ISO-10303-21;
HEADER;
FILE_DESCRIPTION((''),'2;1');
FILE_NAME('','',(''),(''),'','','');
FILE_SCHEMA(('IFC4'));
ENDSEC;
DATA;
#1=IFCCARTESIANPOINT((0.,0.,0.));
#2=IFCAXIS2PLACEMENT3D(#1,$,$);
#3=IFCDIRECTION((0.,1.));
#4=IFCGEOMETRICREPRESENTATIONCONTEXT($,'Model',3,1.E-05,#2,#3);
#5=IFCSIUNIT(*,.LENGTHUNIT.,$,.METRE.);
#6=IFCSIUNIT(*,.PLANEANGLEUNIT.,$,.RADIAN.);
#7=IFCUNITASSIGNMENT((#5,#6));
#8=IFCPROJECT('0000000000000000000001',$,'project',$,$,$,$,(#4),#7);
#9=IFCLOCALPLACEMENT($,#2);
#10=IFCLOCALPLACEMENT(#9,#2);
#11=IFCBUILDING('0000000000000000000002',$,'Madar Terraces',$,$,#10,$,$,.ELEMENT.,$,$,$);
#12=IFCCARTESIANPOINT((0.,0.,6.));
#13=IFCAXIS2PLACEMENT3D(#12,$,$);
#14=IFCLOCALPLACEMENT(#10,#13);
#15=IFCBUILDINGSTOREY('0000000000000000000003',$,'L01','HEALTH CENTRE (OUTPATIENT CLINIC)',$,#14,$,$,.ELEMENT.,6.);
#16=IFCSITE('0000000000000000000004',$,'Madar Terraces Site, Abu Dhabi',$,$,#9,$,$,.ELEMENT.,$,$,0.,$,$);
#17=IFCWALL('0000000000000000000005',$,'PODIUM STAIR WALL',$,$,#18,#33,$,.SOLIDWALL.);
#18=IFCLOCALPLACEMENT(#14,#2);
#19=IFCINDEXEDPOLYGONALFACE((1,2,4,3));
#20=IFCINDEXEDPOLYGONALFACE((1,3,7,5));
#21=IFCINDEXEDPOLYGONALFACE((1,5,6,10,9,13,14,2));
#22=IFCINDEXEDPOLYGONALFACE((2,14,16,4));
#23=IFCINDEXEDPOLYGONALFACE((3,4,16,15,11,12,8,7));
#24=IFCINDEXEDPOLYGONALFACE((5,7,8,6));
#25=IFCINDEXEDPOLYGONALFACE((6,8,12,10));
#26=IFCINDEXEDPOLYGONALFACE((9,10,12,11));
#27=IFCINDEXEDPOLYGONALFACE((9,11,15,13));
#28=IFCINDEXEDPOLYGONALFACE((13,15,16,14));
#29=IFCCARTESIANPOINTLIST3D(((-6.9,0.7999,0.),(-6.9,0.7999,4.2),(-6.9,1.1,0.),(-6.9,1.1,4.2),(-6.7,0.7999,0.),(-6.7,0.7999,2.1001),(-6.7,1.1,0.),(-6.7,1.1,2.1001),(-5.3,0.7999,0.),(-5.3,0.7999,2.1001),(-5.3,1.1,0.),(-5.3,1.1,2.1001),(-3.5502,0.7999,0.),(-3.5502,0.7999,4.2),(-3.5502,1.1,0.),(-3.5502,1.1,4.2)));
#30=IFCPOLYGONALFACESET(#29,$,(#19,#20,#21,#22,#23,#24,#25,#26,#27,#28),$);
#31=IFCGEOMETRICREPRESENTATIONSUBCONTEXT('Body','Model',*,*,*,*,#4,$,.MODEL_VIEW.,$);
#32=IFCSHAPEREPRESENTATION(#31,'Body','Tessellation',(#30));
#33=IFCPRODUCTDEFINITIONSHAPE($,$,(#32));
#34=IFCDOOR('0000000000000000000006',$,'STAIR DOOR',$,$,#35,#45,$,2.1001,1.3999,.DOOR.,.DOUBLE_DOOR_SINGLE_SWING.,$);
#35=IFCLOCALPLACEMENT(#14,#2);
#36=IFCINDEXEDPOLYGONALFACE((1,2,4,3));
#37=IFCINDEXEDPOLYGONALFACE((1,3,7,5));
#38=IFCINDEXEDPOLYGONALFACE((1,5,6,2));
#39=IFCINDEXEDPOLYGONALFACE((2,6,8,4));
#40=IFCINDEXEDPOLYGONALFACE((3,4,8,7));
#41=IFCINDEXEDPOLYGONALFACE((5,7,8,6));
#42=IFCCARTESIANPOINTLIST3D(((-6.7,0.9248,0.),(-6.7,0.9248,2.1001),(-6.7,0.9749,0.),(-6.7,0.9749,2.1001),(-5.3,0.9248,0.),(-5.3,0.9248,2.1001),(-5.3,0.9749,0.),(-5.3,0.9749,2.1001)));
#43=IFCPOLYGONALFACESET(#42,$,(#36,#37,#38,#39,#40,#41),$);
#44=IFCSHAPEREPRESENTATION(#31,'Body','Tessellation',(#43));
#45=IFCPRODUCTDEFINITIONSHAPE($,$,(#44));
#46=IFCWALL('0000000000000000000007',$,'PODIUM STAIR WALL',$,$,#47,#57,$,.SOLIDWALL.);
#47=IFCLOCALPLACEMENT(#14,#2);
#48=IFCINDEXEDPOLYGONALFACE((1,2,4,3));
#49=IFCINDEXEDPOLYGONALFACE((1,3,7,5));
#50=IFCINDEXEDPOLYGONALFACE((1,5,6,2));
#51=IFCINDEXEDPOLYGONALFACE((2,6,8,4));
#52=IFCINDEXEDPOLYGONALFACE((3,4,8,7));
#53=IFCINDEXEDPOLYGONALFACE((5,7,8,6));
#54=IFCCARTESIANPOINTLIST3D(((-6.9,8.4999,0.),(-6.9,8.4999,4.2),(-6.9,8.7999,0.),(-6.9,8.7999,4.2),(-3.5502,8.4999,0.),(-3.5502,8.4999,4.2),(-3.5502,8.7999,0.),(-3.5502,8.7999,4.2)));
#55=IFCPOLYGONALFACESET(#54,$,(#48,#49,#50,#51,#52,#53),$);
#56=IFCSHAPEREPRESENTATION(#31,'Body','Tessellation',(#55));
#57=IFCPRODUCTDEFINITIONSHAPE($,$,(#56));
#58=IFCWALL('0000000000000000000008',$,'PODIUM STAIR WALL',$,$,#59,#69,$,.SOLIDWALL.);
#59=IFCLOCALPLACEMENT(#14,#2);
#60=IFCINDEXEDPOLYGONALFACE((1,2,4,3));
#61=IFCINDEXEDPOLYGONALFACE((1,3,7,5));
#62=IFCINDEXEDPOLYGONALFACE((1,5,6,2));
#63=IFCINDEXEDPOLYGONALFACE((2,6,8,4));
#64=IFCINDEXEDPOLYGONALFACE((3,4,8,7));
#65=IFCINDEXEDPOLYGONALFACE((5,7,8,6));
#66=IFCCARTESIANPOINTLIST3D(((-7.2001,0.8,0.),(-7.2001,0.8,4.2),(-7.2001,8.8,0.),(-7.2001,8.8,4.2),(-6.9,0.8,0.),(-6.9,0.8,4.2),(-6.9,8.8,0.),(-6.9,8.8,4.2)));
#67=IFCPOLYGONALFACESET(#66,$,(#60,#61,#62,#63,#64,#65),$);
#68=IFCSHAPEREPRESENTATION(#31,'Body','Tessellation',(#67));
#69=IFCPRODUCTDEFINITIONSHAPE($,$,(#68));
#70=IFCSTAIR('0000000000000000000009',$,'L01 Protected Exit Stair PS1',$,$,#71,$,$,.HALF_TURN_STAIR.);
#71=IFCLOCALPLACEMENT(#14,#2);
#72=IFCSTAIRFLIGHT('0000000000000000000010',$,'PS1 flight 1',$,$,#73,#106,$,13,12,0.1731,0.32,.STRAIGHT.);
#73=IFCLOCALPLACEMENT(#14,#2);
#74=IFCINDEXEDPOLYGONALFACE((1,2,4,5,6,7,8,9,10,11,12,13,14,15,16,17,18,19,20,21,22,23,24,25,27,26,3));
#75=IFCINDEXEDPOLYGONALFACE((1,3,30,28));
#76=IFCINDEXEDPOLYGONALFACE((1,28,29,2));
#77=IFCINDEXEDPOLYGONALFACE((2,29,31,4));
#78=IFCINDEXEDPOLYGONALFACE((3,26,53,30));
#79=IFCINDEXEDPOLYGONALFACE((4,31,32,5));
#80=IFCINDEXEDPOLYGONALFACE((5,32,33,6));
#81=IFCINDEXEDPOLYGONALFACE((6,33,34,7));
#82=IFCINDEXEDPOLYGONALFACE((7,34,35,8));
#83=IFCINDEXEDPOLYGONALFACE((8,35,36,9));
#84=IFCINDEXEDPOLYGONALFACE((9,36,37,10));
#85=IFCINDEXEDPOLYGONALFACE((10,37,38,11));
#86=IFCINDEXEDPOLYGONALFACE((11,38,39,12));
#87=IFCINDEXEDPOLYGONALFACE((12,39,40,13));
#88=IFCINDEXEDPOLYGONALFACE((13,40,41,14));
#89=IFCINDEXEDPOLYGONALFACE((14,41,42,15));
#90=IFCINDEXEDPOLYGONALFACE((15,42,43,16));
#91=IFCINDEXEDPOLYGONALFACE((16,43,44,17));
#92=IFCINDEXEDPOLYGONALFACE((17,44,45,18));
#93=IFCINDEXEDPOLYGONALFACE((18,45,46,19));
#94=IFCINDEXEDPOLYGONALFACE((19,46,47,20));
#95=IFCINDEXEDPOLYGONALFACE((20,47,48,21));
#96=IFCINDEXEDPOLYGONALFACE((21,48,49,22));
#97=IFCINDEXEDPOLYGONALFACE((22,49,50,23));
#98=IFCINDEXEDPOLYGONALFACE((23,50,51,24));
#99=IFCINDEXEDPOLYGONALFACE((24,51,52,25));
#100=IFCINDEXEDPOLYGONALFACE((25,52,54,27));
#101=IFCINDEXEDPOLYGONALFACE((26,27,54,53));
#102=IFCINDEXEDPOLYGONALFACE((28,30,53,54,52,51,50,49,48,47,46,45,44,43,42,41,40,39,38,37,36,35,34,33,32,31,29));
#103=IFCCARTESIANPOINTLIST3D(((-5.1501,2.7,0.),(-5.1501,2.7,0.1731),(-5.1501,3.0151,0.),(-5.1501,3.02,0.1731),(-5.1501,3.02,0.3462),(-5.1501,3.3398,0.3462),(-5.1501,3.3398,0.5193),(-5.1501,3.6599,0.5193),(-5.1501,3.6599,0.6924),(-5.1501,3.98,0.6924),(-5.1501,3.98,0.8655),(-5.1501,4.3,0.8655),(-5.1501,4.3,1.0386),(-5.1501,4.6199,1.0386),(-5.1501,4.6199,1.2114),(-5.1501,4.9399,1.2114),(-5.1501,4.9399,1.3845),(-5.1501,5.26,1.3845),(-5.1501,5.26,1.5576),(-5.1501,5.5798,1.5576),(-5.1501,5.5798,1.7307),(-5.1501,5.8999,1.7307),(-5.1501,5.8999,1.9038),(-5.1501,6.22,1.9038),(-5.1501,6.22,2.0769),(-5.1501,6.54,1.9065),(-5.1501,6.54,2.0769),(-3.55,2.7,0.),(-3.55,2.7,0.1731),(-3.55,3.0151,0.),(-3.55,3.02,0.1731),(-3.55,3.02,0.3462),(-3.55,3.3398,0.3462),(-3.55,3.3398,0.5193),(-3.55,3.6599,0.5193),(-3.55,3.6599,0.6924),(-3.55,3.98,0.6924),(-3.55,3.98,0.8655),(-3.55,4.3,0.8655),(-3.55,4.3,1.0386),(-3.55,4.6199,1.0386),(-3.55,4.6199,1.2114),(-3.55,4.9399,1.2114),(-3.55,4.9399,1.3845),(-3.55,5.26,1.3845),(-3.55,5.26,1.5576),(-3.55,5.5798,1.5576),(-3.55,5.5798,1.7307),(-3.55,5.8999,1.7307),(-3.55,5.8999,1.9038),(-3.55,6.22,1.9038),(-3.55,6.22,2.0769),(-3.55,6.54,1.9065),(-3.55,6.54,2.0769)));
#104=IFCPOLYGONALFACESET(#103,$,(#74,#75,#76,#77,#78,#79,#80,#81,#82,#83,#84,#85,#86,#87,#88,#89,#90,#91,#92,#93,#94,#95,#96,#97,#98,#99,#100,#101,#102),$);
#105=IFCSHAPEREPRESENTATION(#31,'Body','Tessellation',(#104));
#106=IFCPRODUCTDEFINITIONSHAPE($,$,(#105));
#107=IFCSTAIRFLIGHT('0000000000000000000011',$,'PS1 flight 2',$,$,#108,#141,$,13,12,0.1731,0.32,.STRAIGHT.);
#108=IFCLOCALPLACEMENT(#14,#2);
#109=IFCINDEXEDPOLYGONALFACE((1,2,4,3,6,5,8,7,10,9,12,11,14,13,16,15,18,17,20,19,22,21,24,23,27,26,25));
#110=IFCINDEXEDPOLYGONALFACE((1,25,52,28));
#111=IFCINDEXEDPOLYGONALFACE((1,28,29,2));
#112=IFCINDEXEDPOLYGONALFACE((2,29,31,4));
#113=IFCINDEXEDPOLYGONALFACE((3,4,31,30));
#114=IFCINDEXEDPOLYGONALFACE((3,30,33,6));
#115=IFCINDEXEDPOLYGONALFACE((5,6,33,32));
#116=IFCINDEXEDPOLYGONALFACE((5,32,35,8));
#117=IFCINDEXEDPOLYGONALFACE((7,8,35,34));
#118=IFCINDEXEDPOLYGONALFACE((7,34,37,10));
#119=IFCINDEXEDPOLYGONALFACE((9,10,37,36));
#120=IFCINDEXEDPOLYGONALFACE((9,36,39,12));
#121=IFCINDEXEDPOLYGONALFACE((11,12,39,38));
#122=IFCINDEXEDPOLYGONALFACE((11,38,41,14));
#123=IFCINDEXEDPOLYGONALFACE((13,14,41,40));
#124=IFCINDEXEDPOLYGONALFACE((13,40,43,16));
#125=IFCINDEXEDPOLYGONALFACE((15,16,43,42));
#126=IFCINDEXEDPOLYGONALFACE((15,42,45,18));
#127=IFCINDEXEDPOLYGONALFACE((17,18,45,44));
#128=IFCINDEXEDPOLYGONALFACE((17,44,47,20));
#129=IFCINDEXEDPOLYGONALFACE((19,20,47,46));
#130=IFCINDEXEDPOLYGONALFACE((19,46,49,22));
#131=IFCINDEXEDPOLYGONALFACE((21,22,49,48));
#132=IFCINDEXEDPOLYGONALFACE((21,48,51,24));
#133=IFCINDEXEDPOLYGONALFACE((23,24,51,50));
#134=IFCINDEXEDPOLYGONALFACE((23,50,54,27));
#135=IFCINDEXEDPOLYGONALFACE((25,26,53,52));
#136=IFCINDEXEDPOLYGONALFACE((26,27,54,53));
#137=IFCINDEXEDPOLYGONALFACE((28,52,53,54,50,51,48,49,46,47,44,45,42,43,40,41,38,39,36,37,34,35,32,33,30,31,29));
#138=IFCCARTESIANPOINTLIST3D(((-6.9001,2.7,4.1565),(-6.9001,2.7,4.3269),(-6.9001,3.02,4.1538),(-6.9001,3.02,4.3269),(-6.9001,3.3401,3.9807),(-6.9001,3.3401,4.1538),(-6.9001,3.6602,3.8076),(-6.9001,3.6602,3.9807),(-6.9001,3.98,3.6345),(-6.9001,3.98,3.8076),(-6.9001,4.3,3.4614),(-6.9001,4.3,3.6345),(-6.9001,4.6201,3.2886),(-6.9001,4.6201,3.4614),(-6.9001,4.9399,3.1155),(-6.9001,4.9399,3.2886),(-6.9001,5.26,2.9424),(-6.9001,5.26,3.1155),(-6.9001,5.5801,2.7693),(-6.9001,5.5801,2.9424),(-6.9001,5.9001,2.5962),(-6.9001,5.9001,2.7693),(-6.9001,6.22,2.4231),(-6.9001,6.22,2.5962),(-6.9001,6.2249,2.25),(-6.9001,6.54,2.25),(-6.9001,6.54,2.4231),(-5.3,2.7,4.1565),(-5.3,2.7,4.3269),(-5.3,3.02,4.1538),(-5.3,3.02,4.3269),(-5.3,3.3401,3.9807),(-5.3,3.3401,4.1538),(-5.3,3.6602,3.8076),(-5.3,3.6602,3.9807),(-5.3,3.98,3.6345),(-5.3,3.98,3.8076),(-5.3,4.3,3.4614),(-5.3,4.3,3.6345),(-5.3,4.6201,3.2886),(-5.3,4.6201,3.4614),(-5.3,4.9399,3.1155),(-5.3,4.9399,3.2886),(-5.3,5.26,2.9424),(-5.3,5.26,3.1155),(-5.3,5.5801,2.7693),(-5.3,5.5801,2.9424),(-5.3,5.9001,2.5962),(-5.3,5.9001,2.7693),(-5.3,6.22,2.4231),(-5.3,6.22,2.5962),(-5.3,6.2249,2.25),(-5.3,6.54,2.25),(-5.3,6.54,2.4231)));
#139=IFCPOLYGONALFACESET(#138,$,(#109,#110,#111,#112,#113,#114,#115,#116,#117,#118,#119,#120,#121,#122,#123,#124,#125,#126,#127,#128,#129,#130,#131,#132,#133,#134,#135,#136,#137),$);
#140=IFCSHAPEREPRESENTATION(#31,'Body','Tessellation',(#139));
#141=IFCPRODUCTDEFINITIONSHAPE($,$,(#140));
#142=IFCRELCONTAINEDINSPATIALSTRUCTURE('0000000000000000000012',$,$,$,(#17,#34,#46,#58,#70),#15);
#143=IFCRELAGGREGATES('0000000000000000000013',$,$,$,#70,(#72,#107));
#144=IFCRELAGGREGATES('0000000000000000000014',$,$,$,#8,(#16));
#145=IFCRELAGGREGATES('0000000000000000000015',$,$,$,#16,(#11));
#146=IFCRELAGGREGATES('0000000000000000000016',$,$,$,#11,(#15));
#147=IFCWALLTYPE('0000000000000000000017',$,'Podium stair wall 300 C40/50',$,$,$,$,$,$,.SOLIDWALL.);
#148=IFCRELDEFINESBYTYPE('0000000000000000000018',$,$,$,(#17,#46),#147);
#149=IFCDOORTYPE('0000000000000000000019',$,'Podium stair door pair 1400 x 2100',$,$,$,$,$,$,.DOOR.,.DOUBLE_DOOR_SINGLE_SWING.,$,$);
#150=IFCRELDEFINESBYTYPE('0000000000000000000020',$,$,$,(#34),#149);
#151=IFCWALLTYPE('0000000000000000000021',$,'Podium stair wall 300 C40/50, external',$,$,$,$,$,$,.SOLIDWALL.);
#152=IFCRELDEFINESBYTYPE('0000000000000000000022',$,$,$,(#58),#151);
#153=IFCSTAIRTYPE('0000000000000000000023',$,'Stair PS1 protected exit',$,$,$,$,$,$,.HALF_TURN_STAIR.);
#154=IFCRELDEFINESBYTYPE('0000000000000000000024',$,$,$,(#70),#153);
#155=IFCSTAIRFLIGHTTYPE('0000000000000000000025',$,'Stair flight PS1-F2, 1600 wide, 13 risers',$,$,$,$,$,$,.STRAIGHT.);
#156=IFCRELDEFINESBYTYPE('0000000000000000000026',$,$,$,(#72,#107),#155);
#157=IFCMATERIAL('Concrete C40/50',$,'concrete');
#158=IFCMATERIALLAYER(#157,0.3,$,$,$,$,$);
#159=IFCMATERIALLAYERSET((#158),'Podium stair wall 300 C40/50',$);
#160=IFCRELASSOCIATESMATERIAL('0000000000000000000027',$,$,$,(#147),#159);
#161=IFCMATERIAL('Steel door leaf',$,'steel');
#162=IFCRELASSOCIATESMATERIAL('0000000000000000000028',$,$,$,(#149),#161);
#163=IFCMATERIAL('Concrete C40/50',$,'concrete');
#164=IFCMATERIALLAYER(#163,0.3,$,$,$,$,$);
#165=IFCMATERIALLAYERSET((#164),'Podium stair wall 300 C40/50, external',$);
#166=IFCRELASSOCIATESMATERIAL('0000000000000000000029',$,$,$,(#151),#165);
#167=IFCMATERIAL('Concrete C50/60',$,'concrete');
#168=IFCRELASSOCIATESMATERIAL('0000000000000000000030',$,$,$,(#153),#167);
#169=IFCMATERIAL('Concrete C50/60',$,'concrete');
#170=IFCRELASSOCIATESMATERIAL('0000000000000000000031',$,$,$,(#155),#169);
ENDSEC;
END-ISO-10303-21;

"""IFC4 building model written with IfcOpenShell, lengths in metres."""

from ifc_helpers import new_model, si_unit, direction, frame, frame_2d, origin, place, context, subcontext, project, spatial, polyline, rectangle, outline, extrude, material, layer, layer_set, type_object, element, fill, aggregate, save


model = new_model("IFC4")

# Units and contexts
model_context = context("Model", 3, precision=1e-05, world=origin(), true_north=direction((0.0, 1.0)))
body_context = subcontext(model_context, "Body", "Model", "MODEL_VIEW")
ifc_project = project(units=[si_unit("LENGTHUNIT", "METRE"), si_unit("PLANEANGLEUNIT", "RADIAN")], contexts=[model_context])

# Site, building, storey
site_placement = place(None, origin())
site = spatial("IfcSite", under=ifc_project, at=site_placement, Name="Madar Terraces Site, Abu Dhabi", CompositionType="ELEMENT", RefElevation=0.0)
building_placement = place(site_placement, origin())
building = spatial("IfcBuilding", under=site, at=building_placement, Name="Madar Terraces", CompositionType="ELEMENT")
storey_placement = place(building_placement, frame((0.0, 0.0, 6.0)))
storey = spatial("IfcBuildingStorey", under=building, at=storey_placement, Name="L01", Description="HEALTH CENTRE (OUTPATIENT CLINIC)", CompositionType="ELEMENT", Elevation=6.0)

# Wall, opening, door
ifc_material_1 = material(Name="Concrete C40/50", Category="concrete")
ifc_layer_1 = layer(ifc_material_1, 0.3)
ifc_layer_set_1 = layer_set([ifc_layer_1], Name="Podium stair wall 300 C40/50")
wall_type_1 = type_object("IfcWallType", Name="Podium stair wall 300 C40/50", PredefinedType="SOLIDWALL", material=ifc_layer_set_1)
ifc_material_2 = material(Name="Steel door leaf", Category="steel")
door_type_1 = type_object("IfcDoorType", Name="Podium stair door pair 1400 x 2100", OperationType="DOUBLE_DOOR_SINGLE_SWING", PredefinedType="DOOR", material=ifc_material_2)
wall_1_placement = place(storey_placement, frame((-6.8999, 0.95, 0.0), z_axis=(0.0, 0.0, 1.0), x_axis=(1.0, 0.0, 0.0)))
wall_1 = element("IfcWall", 1, at=wall_1_placement, inside=storey, type_object=wall_type_1, Name="PODIUM STAIR WALL", PredefinedType="SOLIDWALL", context=body_context, shape_type="SweptSolid", body=[
    extrude(rectangle(XDim=3.3499, YDim=0.3, at=frame_2d((1.6748, 0.0))), origin(), (0.0, 0.0, 1.0), 4.2),
])
opening_1_placement = place(wall_1_placement, frame((0.2, 0.0, 0.0)))
opening_1 = element("IfcOpeningElement", 2, at=opening_1_placement, cuts=wall_1, PredefinedType="OPENING", context=body_context, shape_type="SweptSolid", body=[
    extrude(rectangle(XDim=1.3999, YDim=2.1001, at=frame_2d((0.7, 1.05))), frame((0.0, 0.1599, 0.0), z_axis=(0.0, -1.0, 0.0), x_axis=(1.0, 0.0, 0.0)), (0.0, 0.0, 1.0), 0.3201),
])
door_1_placement = place(opening_1_placement, origin())
door_1 = element("IfcDoor", 3, at=door_1_placement, inside=storey, type_object=door_type_1, Name="STAIR DOOR", OperationType="DOUBLE_DOOR_SINGLE_SWING", OverallHeight=2.1001, OverallWidth=1.3999, PredefinedType="DOOR", context=body_context, shape_type="SweptSolid", body=[
    extrude(rectangle(XDim=1.3999, YDim=2.1001, at=frame_2d((0.7, 1.05))), frame((0.0, 0.0249, 0.0), z_axis=(0.0, -1.0, 0.0), x_axis=(1.0, 0.0, 0.0)), (0.0, 0.0, 1.0), 0.05),
])
fill(opening_1, door_1)

# Walls
wall_2_placement = place(storey_placement, frame((-6.8999, 8.6499, 0.0), z_axis=(0.0, 0.0, 1.0), x_axis=(1.0, 0.0, 0.0)))
element("IfcWall", 4, at=wall_2_placement, inside=storey, type_object=wall_type_1, Name="PODIUM STAIR WALL", PredefinedType="SOLIDWALL", context=body_context, shape_type="SweptSolid", body=[
    extrude(rectangle(XDim=3.3499, YDim=0.3, at=frame_2d((1.6748, 0.0))), origin(), (0.0, 0.0, 1.0), 4.2),
])
ifc_material_3 = material(Name="Concrete C40/50", Category="concrete")
ifc_layer_2 = layer(ifc_material_3, 0.3)
ifc_layer_set_2 = layer_set([ifc_layer_2], Name="Podium stair wall 300 C40/50, external")
wall_type_2 = type_object("IfcWallType", Name="Podium stair wall 300 C40/50, external", PredefinedType="SOLIDWALL", material=ifc_layer_set_2)
wall_3_placement = place(storey_placement, frame((-7.05, 0.8, 0.0), z_axis=(0.0, 0.0, 1.0), x_axis=(0.0, 1.0, 0.0)))
element("IfcWall", 5, at=wall_3_placement, inside=storey, type_object=wall_type_2, Name="PODIUM STAIR WALL", PredefinedType="SOLIDWALL", context=body_context, shape_type="SweptSolid", body=[
    extrude(rectangle(XDim=8.0, YDim=0.3, at=frame_2d((4.0, 0.0))), origin(), (0.0, 0.0, 1.0), 4.2),
])

# Stair, stair flights
ifc_material_4 = material(Name="Concrete C50/60", Category="concrete")
stair_type = type_object("IfcStairType", Name="Stair PS1 protected exit", PredefinedType="HALF_TURN_STAIR", material=ifc_material_4)
stair_placement = place(storey_placement, origin())
stair = element("IfcStair", 6, at=stair_placement, inside=storey, type_object=stair_type, Name="L01 Protected Exit Stair PS1", PredefinedType="HALF_TURN_STAIR")
ifc_material_5 = material(Name="Concrete C50/60", Category="concrete")
stair_flight_type = type_object("IfcStairFlightType", Name="Stair flight PS1-F2, 1600 wide, 13 risers", PredefinedType="STRAIGHT", material=ifc_material_5)
stair_flight_1_placement = place(storey_placement, frame((-4.3501, 2.7, 0.0), z_axis=(0.0, 0.0, 1.0), x_axis=(0.0, 1.0, 0.0)))
stair_flight_1 = element("IfcStairFlight", 7, at=stair_flight_1_placement, type_object=stair_flight_type, Name="PS1 flight 1", NumberOfRisers=13, NumberOfTreads=12, PredefinedType="STRAIGHT", RiserHeight=0.1731, TreadLength=0.32, context=body_context, shape_type="SweptSolid", body=[
    extrude(outline(polyline([(0.0, 0.0), (0.0, 0.1731), (0.3201, 0.1731), (0.3201, 0.3462), (0.6399, 0.3462), (0.6399, 0.5193), (0.96, 0.5193), (0.96, 0.6924), (1.28, 0.6924), (1.28, 0.8655), (1.6001, 0.8655), (1.6001, 1.0386), (1.9199, 1.0386), (1.9199, 1.2114), (2.24, 1.2114), (2.24, 1.3845), (2.5601, 1.3845), (2.5601, 1.5576), (2.8799, 1.5576), (2.8799, 1.7307), (3.2, 1.7307), (3.2, 1.9038), (3.52, 1.9038), (3.52, 2.0769), (3.8401, 2.0769), (3.8401, 2.25), (3.8401, 1.9065), (0.3152, 0.0), (0.0, 0.0)])), frame((0.0, 0.8, 0.0), z_axis=(0.0, -1.0, 0.0), x_axis=(1.0, 0.0, 0.0)), (0.0, 0.0, 1.0), 1.6001),
])
stair_flight_2_placement = place(storey_placement, frame((-6.1001, 6.54, 2.25), z_axis=(0.0, 0.0, 1.0), x_axis=(0.0, -1.0, 0.0)))
stair_flight_2 = element("IfcStairFlight", 8, at=stair_flight_2_placement, type_object=stair_flight_type, Name="PS1 flight 2", NumberOfRisers=13, NumberOfTreads=12, PredefinedType="STRAIGHT", RiserHeight=0.1731, TreadLength=0.32, context=body_context, shape_type="SweptSolid", body=[
    extrude(outline(polyline([(0.0, 0.0), (0.0, 0.1731), (0.3201, 0.1731), (0.3201, 0.3462), (0.6399, 0.3462), (0.6399, 0.5193), (0.96, 0.5193), (0.96, 0.6924), (1.28, 0.6924), (1.28, 0.8655), (1.6001, 0.8655), (1.6001, 1.0386), (1.9199, 1.0386), (1.9199, 1.2114), (2.24, 1.2114), (2.24, 1.3845), (2.5601, 1.3845), (2.5601, 1.5576), (2.8799, 1.5576), (2.8799, 1.7307), (3.2, 1.7307), (3.2, 1.9038), (3.52, 1.9038), (3.52, 2.0769), (3.8401, 2.0769), (3.8401, 2.25), (3.8401, 1.9065), (0.3152, 0.0), (0.0, 0.0)])), frame((0.0, 0.8, 0.0), z_axis=(0.0, -1.0, 0.0), x_axis=(1.0, 0.0, 0.0)), (0.0, 0.0, 1.0), 1.6001),
])
aggregate(stair, [stair_flight_1, stair_flight_2])

save(model, "model.ifc")
